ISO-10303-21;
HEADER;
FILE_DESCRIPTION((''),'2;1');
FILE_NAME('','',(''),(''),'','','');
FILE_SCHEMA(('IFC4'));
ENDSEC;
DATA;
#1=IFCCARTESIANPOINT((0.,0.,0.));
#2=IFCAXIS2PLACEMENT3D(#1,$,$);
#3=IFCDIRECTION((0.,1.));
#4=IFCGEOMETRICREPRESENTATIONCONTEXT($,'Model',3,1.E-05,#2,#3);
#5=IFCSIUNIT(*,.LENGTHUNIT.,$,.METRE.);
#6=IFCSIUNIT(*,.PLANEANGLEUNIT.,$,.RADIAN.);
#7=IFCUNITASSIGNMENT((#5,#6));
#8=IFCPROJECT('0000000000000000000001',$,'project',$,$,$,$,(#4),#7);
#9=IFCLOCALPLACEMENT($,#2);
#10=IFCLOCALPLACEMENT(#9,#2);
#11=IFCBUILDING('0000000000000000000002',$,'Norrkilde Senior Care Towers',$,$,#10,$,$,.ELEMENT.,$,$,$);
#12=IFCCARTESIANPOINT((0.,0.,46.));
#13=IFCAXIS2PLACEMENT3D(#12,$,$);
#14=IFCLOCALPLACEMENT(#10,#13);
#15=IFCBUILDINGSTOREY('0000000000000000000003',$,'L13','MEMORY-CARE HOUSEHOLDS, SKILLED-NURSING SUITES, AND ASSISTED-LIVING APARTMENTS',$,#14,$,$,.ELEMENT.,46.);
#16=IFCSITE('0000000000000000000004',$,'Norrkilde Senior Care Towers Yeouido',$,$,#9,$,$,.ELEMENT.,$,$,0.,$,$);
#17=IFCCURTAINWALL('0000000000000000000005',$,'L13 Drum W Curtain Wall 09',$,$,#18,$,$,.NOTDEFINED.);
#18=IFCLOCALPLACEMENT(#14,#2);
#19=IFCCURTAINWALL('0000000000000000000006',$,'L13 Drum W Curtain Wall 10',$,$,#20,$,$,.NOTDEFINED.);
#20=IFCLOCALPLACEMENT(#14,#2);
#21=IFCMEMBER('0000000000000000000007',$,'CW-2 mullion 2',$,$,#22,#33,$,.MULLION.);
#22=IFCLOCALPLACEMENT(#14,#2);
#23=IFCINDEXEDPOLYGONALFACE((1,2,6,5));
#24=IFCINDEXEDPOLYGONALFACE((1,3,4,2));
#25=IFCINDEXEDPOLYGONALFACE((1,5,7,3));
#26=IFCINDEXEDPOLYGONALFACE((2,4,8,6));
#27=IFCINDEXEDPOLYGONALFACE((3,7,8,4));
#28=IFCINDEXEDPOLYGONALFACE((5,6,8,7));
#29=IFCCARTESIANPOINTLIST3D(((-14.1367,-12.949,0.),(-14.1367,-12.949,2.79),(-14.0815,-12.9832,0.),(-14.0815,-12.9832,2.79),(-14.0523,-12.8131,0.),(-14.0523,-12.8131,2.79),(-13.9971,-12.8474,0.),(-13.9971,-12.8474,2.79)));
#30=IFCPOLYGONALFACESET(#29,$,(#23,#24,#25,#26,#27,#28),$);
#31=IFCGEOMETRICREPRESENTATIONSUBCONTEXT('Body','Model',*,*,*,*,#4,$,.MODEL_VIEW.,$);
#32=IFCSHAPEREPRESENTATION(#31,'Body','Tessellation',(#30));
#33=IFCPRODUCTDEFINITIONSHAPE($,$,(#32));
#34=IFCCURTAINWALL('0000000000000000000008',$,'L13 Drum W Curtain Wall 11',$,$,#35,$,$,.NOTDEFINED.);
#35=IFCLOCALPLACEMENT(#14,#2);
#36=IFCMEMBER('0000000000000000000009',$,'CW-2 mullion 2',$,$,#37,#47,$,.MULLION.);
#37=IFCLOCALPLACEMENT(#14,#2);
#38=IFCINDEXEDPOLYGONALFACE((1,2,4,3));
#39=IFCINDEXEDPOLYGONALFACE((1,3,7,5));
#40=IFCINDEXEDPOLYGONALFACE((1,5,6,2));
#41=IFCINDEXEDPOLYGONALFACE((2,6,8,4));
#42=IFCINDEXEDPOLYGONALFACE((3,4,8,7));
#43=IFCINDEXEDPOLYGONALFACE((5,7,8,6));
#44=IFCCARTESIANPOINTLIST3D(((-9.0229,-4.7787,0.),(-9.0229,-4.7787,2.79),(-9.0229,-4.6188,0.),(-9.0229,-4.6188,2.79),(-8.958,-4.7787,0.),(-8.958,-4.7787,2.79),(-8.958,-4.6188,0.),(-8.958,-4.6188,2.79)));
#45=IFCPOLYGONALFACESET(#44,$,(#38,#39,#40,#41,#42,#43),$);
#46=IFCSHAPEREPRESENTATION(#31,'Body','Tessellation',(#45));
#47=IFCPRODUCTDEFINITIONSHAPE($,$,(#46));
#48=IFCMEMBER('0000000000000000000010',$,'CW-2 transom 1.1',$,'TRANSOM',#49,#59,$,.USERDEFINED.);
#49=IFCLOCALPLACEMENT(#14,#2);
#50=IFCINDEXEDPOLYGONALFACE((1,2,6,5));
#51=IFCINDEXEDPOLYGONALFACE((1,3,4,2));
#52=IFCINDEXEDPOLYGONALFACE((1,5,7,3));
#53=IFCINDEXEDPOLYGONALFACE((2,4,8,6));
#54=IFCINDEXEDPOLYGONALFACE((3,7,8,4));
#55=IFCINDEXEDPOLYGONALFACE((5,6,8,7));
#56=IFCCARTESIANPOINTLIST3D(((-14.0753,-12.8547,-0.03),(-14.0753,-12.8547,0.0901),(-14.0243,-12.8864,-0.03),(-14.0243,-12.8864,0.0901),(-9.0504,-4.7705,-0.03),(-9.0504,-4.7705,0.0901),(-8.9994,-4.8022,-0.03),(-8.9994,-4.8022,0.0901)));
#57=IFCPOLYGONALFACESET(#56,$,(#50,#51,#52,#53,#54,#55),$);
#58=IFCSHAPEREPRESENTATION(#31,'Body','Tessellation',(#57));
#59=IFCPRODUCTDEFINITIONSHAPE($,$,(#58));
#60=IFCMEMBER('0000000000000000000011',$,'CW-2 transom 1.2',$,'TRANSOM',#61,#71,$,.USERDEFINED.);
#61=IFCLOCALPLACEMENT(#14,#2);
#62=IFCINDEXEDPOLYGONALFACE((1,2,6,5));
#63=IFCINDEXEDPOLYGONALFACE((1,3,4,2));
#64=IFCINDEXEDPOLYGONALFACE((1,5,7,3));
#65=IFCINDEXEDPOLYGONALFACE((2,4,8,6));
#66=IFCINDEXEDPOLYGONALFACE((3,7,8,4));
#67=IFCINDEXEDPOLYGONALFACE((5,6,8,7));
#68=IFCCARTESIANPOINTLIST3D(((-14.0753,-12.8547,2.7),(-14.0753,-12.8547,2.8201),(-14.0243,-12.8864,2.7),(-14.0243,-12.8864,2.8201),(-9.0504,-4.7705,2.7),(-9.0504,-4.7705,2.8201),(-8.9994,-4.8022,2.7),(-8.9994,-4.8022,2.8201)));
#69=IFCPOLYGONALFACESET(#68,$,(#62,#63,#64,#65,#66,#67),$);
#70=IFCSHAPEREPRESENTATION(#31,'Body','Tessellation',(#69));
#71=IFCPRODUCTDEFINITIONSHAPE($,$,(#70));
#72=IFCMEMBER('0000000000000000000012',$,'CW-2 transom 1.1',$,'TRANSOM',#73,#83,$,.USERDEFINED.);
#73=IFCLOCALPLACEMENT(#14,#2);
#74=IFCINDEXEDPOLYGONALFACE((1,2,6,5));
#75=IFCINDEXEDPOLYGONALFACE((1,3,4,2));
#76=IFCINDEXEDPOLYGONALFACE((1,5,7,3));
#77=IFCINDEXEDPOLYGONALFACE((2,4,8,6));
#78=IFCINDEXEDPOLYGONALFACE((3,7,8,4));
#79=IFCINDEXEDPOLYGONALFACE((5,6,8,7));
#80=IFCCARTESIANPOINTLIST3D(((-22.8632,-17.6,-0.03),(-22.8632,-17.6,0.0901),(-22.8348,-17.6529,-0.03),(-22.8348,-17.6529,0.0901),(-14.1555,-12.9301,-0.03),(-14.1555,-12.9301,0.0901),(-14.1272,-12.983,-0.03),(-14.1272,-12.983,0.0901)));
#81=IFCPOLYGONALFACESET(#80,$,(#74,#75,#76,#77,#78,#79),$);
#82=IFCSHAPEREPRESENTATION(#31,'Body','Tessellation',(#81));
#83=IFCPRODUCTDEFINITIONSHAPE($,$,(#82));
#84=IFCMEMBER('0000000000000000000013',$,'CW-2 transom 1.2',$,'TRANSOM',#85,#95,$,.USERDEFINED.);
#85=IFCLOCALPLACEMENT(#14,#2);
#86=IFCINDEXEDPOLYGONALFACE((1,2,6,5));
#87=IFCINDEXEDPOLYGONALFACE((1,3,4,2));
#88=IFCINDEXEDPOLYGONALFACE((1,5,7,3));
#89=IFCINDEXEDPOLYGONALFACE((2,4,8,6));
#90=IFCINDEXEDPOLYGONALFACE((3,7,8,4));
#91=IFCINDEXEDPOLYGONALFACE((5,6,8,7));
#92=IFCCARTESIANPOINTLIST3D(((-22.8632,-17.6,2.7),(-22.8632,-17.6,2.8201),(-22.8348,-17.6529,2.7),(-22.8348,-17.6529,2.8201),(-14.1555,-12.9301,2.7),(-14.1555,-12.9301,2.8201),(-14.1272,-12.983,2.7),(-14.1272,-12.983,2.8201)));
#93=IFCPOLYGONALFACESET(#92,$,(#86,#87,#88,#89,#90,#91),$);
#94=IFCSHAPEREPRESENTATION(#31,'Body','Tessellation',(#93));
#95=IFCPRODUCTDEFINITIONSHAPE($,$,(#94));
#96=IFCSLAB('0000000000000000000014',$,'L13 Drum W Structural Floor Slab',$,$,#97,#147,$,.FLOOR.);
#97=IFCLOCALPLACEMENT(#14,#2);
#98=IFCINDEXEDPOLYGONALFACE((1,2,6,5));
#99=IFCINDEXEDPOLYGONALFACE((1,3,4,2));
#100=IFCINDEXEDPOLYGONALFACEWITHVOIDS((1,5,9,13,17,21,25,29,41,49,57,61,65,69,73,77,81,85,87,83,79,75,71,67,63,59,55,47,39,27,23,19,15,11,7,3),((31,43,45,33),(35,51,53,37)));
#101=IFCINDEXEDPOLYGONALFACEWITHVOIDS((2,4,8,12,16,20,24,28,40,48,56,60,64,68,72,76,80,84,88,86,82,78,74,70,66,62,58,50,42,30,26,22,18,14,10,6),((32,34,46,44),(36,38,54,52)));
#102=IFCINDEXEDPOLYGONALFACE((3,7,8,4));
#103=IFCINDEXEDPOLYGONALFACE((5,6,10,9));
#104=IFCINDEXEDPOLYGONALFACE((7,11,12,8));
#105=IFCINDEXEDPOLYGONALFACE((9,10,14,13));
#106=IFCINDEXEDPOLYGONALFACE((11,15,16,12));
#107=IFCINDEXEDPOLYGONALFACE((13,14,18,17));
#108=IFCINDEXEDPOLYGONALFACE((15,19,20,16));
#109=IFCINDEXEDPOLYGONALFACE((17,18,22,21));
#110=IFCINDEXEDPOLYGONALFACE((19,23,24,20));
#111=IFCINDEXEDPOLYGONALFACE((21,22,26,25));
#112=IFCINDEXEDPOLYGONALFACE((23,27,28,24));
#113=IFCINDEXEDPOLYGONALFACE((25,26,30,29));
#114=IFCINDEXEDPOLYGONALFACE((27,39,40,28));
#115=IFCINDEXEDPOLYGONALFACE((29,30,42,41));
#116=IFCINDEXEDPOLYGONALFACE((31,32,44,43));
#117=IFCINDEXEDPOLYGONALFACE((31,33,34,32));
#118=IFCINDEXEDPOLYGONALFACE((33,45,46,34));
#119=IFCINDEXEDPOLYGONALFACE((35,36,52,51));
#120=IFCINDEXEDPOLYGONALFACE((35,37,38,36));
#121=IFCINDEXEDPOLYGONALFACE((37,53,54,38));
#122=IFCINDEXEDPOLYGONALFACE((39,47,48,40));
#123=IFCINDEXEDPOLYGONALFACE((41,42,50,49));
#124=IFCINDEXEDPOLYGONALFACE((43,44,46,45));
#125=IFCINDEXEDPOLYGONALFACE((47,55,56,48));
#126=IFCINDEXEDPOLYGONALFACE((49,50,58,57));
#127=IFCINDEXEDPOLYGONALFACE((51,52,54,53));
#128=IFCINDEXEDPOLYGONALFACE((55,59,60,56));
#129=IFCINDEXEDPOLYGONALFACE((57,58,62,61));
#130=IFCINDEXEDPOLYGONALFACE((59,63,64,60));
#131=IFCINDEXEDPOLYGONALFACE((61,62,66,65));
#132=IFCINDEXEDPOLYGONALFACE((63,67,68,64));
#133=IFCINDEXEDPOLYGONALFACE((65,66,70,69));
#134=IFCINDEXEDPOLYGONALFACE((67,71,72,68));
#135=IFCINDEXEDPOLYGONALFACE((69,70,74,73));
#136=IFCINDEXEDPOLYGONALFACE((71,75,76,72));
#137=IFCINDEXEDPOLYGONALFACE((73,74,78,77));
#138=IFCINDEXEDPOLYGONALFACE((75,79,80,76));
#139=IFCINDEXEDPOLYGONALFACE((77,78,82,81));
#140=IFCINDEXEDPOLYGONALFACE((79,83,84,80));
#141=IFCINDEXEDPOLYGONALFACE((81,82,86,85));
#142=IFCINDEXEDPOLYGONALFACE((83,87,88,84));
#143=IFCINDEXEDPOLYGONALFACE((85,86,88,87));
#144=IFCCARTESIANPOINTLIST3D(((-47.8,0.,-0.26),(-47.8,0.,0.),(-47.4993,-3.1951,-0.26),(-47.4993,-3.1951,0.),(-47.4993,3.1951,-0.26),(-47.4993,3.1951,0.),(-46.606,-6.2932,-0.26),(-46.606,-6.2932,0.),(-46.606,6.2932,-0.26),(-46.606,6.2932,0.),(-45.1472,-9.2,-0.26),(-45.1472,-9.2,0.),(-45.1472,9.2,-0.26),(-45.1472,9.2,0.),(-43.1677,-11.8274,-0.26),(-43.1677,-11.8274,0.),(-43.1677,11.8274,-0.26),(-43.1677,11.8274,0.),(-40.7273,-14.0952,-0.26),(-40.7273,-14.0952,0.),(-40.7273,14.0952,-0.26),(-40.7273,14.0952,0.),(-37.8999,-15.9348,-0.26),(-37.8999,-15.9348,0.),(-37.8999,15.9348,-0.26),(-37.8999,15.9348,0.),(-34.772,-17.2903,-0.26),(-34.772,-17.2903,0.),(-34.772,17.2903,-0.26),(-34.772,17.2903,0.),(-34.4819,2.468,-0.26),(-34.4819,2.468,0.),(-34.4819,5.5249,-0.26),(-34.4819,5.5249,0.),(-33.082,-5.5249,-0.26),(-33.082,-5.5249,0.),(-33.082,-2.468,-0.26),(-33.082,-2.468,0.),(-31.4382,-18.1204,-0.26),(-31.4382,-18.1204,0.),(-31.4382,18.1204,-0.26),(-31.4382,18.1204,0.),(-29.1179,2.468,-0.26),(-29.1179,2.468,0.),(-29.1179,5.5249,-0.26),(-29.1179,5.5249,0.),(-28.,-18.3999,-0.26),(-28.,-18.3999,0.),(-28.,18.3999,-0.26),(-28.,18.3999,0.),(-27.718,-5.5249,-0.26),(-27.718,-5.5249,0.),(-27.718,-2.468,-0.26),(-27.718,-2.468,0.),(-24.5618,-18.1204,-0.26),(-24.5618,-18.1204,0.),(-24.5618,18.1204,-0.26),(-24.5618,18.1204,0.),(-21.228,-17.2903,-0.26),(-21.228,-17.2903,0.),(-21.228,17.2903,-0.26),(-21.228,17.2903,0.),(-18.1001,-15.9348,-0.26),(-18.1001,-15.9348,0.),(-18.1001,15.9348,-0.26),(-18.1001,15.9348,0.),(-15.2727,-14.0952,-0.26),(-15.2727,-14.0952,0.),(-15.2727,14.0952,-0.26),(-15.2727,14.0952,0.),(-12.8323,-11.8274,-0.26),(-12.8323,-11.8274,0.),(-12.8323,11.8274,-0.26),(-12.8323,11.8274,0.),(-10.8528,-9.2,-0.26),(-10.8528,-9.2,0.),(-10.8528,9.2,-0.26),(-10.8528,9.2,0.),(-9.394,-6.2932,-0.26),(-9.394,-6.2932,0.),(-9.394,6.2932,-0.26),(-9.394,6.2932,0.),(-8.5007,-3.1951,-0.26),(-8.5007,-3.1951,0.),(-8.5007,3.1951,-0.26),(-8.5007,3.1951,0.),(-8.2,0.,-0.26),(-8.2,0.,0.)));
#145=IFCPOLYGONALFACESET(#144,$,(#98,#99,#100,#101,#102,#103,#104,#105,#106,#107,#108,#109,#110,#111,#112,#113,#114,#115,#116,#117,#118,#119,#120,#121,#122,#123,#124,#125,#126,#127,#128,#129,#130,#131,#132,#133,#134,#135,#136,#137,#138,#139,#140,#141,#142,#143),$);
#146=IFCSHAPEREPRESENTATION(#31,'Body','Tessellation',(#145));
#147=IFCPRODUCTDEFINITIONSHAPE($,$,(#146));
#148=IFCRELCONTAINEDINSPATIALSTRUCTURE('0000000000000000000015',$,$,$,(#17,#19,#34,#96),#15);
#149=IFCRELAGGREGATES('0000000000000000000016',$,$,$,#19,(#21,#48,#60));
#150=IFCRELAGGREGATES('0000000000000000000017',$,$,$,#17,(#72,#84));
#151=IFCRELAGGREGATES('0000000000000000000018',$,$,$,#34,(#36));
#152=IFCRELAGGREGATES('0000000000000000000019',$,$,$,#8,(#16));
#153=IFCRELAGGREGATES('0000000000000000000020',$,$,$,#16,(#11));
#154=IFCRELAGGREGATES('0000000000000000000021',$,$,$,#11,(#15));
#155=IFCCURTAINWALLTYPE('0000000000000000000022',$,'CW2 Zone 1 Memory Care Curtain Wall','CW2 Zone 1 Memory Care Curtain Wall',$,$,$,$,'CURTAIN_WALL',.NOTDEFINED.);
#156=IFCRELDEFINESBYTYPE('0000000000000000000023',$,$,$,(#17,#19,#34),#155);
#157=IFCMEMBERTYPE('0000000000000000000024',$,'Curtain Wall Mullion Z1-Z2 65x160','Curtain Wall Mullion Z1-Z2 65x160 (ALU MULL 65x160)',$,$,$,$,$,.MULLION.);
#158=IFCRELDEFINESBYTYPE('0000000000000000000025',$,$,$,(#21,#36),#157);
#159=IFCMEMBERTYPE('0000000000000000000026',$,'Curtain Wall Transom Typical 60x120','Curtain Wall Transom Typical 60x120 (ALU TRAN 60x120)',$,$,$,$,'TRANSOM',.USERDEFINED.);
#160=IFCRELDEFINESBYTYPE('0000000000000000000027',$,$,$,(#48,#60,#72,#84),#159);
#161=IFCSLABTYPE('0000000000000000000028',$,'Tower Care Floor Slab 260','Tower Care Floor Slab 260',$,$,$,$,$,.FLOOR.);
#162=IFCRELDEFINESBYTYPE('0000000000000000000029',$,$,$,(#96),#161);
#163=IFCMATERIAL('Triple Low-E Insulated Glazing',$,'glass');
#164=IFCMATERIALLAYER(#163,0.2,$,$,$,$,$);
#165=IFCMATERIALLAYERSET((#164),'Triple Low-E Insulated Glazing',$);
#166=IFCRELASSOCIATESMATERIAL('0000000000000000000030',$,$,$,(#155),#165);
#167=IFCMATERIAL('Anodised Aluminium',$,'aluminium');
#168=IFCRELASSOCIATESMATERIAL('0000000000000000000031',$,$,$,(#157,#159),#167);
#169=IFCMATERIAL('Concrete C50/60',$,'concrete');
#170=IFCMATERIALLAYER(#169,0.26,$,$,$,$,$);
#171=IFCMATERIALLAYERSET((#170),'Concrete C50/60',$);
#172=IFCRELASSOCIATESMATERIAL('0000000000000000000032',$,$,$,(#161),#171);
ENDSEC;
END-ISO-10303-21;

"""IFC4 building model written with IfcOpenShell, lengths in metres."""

from ifc_helpers import new_model, si_unit, direction, frame, origin, origin_2d, place, context, subcontext, project, spatial, polyline, rectangle, outline, extrude, source, transform, mapped, material, layer, layer_set, material_profile, profile_set, type_object, type_shapes, element, aggregate, save


model = new_model("IFC4")

# Units and contexts
model_context = context("Model", 3, precision=1e-05, world=origin(), true_north=direction((0.0, 1.0)))
body_context = subcontext(model_context, "Body", "Model", "MODEL_VIEW")
ifc_project = project(units=[si_unit("LENGTHUNIT", "METRE"), si_unit("PLANEANGLEUNIT", "RADIAN")], contexts=[model_context])

# Site, building, storey
site_placement = place(None, origin())
site = spatial("IfcSite", under=ifc_project, at=site_placement, Name="Norrkilde Senior Care Towers Yeouido", CompositionType="ELEMENT", RefElevation=0.0)
building_placement = place(site_placement, origin())
building = spatial("IfcBuilding", under=site, at=building_placement, Name="Norrkilde Senior Care Towers", CompositionType="ELEMENT")
storey_placement = place(building_placement, frame((0.0, 0.0, 46.0)))
storey = spatial("IfcBuildingStorey", under=building, at=storey_placement, Name="L13", Description="MEMORY-CARE HOUSEHOLDS, SKILLED-NURSING SUITES, AND ASSISTED-LIVING APARTMENTS", CompositionType="ELEMENT", Elevation=46.0)

# Curtain wall
ifc_material_1 = material(Name="Triple Low-E Insulated Glazing", Category="glass")
ifc_layer_1 = layer(ifc_material_1, 0.2)
ifc_layer_set_1 = layer_set([ifc_layer_1], Name="Triple Low-E Insulated Glazing")
curtain_wall_type = type_object("IfcCurtainWallType", Name="CW2 Zone 1 Memory Care Curtain Wall", Description="CW2 Zone 1 Memory Care Curtain Wall", ElementType="CURTAIN_WALL", PredefinedType="NOTDEFINED", material=ifc_layer_set_1)
curtain_wall_1_placement = place(storey_placement, origin())
curtain_wall_1 = element("IfcCurtainWall", 1, at=curtain_wall_1_placement, inside=storey, type_object=curtain_wall_type, Name="L13 Drum W Curtain Wall 09", PredefinedType="NOTDEFINED")
ifc_material_2 = material(Name="Anodised Aluminium", Category="aluminium")
ifc_material_profile_1 = material_profile(ifc_material_2, rectangle(XDim=0.0649, YDim=0.1599, at=origin_2d()), Name="ALU MULL 65x160")
ifc_profile_set_1 = profile_set([ifc_material_profile_1], Name="Anodised Aluminium")
member_type_1 = type_object("IfcMemberType", Name="Curtain Wall Mullion Z1-Z2 65x160", Description="Curtain Wall Mullion Z1-Z2 65x160 (ALU MULL 65x160)", PredefinedType="MULLION", material=ifc_profile_set_1)
shared_shape_1 = source(origin(), body_context, "Body", "SweptSolid", [
    extrude(rectangle(XDim=0.0649, YDim=0.1599, at=origin_2d()), origin(), (0.0, 0.0, 1.0), 2.79),
])
type_shapes(member_type_1, [shared_shape_1])

# Curtain wall, member
curtain_wall_2_placement = place(storey_placement, origin())
curtain_wall_2 = element("IfcCurtainWall", 2, at=curtain_wall_2_placement, inside=storey, type_object=curtain_wall_type, Name="L13 Drum W Curtain Wall 10", PredefinedType="NOTDEFINED")
member_1_placement = place(storey_placement, frame((-14.0669, -12.8982, 0.0), z_axis=(0.0, 0.0, 1.0), x_axis=(0.849306, -0.527901, 0.0)))
member_1 = element("IfcMember", 3, at=member_1_placement, type_object=member_type_1, Name="CW-2 mullion 2", PredefinedType="MULLION", context=body_context, shape_type="MappedRepresentation", body=[
    mapped(shared_shape_1, transform((0.0, 0.0, 0.0), x_axis=(1.0, 0.0, 0.0), y_axis=(0.0, 1.0, 0.0), z_axis=(0.0, 0.0, 1.0), scale=1.0)),
])

# Curtain wall, member
curtain_wall_3_placement = place(storey_placement, origin())
curtain_wall_3 = element("IfcCurtainWall", 4, at=curtain_wall_3_placement, inside=storey, type_object=curtain_wall_type, Name="L13 Drum W Curtain Wall 11", PredefinedType="NOTDEFINED")
member_2_placement = place(storey_placement, frame((-8.9905, -4.6987, 0.0), z_axis=(0.0, 0.0, 1.0), x_axis=(1.0, 0.0, 0.0)))
member_2 = element("IfcMember", 5, at=member_2_placement, type_object=member_type_1, Name="CW-2 mullion 2", PredefinedType="MULLION", context=body_context, shape_type="MappedRepresentation", body=[
    mapped(shared_shape_1, transform((0.0, 0.0, 0.0), x_axis=(1.0, 0.0, 0.0), y_axis=(0.0, 1.0, 0.0), z_axis=(0.0, 0.0, 1.0), scale=1.0)),
])

# Members
ifc_material_profile_2 = material_profile(ifc_material_2, rectangle(XDim=0.0601, YDim=0.1201, at=origin_2d()), Name="ALU TRAN 60x120")
ifc_profile_set_2 = profile_set([ifc_material_profile_2], Name="Anodised Aluminium")
member_type_2 = type_object("IfcMemberType", Name="Curtain Wall Transom Typical 60x120", Description="Curtain Wall Transom Typical 60x120 (ALU TRAN 60x120)", ElementType="TRANSOM", PredefinedType="USERDEFINED", material=ifc_profile_set_2)
shared_shape_2 = source(origin(), body_context, "Body", "SweptSolid", [
    extrude(rectangle(XDim=0.0601, YDim=0.1201, at=origin_2d()), origin(), (0.0, 0.0, 1.0), 9.5186),
])
member_3_placement = place(storey_placement, frame((-9.0249, -4.7864, 0.03), z_axis=(-0.527902, -0.849306, 0.0), x_axis=(0.849306, -0.527902, 0.0)))
member_3 = element("IfcMember", 6, at=member_3_placement, type_object=member_type_2, Name="CW-2 transom 1.1", ObjectType="TRANSOM", PredefinedType="USERDEFINED", context=body_context, shape_type="MappedRepresentation", body=[
    mapped(shared_shape_2, transform((0.0, 0.0, 0.0), x_axis=(1.0, 0.0, 0.0), y_axis=(0.0, 1.0, 0.0), z_axis=(0.0, 0.0, 1.0), scale=1.0)),
])
member_4_placement = place(storey_placement, frame((-9.0249, -4.7864, 2.76), z_axis=(-0.527902, -0.849306, 0.0), x_axis=(0.849306, -0.527902, 0.0)))
member_4 = element("IfcMember", 7, at=member_4_placement, type_object=member_type_2, Name="CW-2 transom 1.2", ObjectType="TRANSOM", PredefinedType="USERDEFINED", context=body_context, shape_type="MappedRepresentation", body=[
    mapped(shared_shape_2, transform((0.0, 0.0, 0.0), x_axis=(1.0, 0.0, 0.0), y_axis=(0.0, 1.0, 0.0), z_axis=(0.0, 0.0, 1.0), scale=1.0)),
])
shared_shape_3 = source(origin(), body_context, "Body", "SweptSolid", [
    extrude(rectangle(XDim=0.0601, YDim=0.1201, at=origin_2d()), origin(), (0.0, 0.0, 1.0), 9.8809),
])
type_shapes(member_type_2, [shared_shape_2, shared_shape_3])
member_5_placement = place(storey_placement, frame((-14.1414, -12.9565, 0.03), z_axis=(-0.881267, -0.472618, 0.0), x_axis=(0.472618, -0.881267, 0.0)))
member_5 = element("IfcMember", 8, at=member_5_placement, type_object=member_type_2, Name="CW-2 transom 1.1", ObjectType="TRANSOM", PredefinedType="USERDEFINED", context=body_context, shape_type="MappedRepresentation", body=[
    mapped(shared_shape_3, transform((0.0, 0.0, 0.0), x_axis=(1.0, 0.0, 0.0), y_axis=(0.0, 1.0, 0.0), z_axis=(0.0, 0.0, 1.0), scale=1.0)),
])
member_6_placement = place(storey_placement, frame((-14.1414, -12.9565, 2.76), z_axis=(-0.881267, -0.472618, 0.0), x_axis=(0.472618, -0.881267, 0.0)))
member_6 = element("IfcMember", 9, at=member_6_placement, type_object=member_type_2, Name="CW-2 transom 1.2", ObjectType="TRANSOM", PredefinedType="USERDEFINED", context=body_context, shape_type="MappedRepresentation", body=[
    mapped(shared_shape_3, transform((0.0, 0.0, 0.0), x_axis=(1.0, 0.0, 0.0), y_axis=(0.0, 1.0, 0.0), z_axis=(0.0, 0.0, 1.0), scale=1.0)),
])

# Slab
ifc_material_3 = material(Name="Concrete C50/60", Category="concrete")
ifc_layer_2 = layer(ifc_material_3, 0.26)
ifc_layer_set_2 = layer_set([ifc_layer_2], Name="Concrete C50/60")
slab_type = type_object("IfcSlabType", Name="Tower Care Floor Slab 260", Description="Tower Care Floor Slab 260", PredefinedType="FLOOR", material=ifc_layer_set_2)
slab_1_placement = place(storey_placement, frame((0.0, 0.0, -0.26)))
element("IfcSlab", 10, at=slab_1_placement, inside=storey, type_object=slab_type, Name="L13 Drum W Structural Floor Slab", PredefinedType="FLOOR", context=body_context, shape_type="SweptSolid", body=[
    extrude(outline(polyline([(-9.394, -6.2932), (-10.8528, -9.2), (-12.8323, -11.8274), (-15.2727, -14.0952), (-18.1001, -15.9348), (-21.228, -17.2903), (-24.5618, -18.1204), (-28.0, -18.3999), (-31.4382, -18.1204), (-34.772, -17.2903), (-37.8999, -15.9348), (-40.7273, -14.0952), (-43.1677, -11.8274), (-45.1472, -9.2), (-46.606, -6.2932), (-47.4993, -3.1951), (-47.8, 0.0), (-47.4993, 3.1951), (-46.606, 6.2932), (-45.1472, 9.2), (-43.1677, 11.8274), (-40.7273, 14.0952), (-37.8999, 15.9348), (-34.772, 17.2903), (-31.4382, 18.1204), (-28.0, 18.3999), (-24.5618, 18.1204), (-21.228, 17.2903), (-18.1001, 15.9348), (-15.2727, 14.0952), (-12.8323, 11.8274), (-10.8528, 9.2), (-9.394, 6.2932), (-8.5007, 3.1951), (-8.2, 0.0), (-8.5007, -3.1951), (-9.394, -6.2932)]), holes=[polyline([(-34.4819, 2.468), (-29.1179, 2.468), (-29.1179, 5.5249), (-34.4819, 5.5249), (-34.4819, 2.468)]), polyline([(-27.718, -5.5249), (-27.718, -2.468), (-33.082, -2.468), (-33.082, -5.5249), (-27.718, -5.5249)])]), origin(), (0.0, 0.0, 1.0), 0.26),
])

aggregate(curtain_wall_2, [member_1, member_3, member_4])
aggregate(curtain_wall_1, [member_5, member_6])
aggregate(curtain_wall_3, [member_2])

save(model, "model.ifc")
